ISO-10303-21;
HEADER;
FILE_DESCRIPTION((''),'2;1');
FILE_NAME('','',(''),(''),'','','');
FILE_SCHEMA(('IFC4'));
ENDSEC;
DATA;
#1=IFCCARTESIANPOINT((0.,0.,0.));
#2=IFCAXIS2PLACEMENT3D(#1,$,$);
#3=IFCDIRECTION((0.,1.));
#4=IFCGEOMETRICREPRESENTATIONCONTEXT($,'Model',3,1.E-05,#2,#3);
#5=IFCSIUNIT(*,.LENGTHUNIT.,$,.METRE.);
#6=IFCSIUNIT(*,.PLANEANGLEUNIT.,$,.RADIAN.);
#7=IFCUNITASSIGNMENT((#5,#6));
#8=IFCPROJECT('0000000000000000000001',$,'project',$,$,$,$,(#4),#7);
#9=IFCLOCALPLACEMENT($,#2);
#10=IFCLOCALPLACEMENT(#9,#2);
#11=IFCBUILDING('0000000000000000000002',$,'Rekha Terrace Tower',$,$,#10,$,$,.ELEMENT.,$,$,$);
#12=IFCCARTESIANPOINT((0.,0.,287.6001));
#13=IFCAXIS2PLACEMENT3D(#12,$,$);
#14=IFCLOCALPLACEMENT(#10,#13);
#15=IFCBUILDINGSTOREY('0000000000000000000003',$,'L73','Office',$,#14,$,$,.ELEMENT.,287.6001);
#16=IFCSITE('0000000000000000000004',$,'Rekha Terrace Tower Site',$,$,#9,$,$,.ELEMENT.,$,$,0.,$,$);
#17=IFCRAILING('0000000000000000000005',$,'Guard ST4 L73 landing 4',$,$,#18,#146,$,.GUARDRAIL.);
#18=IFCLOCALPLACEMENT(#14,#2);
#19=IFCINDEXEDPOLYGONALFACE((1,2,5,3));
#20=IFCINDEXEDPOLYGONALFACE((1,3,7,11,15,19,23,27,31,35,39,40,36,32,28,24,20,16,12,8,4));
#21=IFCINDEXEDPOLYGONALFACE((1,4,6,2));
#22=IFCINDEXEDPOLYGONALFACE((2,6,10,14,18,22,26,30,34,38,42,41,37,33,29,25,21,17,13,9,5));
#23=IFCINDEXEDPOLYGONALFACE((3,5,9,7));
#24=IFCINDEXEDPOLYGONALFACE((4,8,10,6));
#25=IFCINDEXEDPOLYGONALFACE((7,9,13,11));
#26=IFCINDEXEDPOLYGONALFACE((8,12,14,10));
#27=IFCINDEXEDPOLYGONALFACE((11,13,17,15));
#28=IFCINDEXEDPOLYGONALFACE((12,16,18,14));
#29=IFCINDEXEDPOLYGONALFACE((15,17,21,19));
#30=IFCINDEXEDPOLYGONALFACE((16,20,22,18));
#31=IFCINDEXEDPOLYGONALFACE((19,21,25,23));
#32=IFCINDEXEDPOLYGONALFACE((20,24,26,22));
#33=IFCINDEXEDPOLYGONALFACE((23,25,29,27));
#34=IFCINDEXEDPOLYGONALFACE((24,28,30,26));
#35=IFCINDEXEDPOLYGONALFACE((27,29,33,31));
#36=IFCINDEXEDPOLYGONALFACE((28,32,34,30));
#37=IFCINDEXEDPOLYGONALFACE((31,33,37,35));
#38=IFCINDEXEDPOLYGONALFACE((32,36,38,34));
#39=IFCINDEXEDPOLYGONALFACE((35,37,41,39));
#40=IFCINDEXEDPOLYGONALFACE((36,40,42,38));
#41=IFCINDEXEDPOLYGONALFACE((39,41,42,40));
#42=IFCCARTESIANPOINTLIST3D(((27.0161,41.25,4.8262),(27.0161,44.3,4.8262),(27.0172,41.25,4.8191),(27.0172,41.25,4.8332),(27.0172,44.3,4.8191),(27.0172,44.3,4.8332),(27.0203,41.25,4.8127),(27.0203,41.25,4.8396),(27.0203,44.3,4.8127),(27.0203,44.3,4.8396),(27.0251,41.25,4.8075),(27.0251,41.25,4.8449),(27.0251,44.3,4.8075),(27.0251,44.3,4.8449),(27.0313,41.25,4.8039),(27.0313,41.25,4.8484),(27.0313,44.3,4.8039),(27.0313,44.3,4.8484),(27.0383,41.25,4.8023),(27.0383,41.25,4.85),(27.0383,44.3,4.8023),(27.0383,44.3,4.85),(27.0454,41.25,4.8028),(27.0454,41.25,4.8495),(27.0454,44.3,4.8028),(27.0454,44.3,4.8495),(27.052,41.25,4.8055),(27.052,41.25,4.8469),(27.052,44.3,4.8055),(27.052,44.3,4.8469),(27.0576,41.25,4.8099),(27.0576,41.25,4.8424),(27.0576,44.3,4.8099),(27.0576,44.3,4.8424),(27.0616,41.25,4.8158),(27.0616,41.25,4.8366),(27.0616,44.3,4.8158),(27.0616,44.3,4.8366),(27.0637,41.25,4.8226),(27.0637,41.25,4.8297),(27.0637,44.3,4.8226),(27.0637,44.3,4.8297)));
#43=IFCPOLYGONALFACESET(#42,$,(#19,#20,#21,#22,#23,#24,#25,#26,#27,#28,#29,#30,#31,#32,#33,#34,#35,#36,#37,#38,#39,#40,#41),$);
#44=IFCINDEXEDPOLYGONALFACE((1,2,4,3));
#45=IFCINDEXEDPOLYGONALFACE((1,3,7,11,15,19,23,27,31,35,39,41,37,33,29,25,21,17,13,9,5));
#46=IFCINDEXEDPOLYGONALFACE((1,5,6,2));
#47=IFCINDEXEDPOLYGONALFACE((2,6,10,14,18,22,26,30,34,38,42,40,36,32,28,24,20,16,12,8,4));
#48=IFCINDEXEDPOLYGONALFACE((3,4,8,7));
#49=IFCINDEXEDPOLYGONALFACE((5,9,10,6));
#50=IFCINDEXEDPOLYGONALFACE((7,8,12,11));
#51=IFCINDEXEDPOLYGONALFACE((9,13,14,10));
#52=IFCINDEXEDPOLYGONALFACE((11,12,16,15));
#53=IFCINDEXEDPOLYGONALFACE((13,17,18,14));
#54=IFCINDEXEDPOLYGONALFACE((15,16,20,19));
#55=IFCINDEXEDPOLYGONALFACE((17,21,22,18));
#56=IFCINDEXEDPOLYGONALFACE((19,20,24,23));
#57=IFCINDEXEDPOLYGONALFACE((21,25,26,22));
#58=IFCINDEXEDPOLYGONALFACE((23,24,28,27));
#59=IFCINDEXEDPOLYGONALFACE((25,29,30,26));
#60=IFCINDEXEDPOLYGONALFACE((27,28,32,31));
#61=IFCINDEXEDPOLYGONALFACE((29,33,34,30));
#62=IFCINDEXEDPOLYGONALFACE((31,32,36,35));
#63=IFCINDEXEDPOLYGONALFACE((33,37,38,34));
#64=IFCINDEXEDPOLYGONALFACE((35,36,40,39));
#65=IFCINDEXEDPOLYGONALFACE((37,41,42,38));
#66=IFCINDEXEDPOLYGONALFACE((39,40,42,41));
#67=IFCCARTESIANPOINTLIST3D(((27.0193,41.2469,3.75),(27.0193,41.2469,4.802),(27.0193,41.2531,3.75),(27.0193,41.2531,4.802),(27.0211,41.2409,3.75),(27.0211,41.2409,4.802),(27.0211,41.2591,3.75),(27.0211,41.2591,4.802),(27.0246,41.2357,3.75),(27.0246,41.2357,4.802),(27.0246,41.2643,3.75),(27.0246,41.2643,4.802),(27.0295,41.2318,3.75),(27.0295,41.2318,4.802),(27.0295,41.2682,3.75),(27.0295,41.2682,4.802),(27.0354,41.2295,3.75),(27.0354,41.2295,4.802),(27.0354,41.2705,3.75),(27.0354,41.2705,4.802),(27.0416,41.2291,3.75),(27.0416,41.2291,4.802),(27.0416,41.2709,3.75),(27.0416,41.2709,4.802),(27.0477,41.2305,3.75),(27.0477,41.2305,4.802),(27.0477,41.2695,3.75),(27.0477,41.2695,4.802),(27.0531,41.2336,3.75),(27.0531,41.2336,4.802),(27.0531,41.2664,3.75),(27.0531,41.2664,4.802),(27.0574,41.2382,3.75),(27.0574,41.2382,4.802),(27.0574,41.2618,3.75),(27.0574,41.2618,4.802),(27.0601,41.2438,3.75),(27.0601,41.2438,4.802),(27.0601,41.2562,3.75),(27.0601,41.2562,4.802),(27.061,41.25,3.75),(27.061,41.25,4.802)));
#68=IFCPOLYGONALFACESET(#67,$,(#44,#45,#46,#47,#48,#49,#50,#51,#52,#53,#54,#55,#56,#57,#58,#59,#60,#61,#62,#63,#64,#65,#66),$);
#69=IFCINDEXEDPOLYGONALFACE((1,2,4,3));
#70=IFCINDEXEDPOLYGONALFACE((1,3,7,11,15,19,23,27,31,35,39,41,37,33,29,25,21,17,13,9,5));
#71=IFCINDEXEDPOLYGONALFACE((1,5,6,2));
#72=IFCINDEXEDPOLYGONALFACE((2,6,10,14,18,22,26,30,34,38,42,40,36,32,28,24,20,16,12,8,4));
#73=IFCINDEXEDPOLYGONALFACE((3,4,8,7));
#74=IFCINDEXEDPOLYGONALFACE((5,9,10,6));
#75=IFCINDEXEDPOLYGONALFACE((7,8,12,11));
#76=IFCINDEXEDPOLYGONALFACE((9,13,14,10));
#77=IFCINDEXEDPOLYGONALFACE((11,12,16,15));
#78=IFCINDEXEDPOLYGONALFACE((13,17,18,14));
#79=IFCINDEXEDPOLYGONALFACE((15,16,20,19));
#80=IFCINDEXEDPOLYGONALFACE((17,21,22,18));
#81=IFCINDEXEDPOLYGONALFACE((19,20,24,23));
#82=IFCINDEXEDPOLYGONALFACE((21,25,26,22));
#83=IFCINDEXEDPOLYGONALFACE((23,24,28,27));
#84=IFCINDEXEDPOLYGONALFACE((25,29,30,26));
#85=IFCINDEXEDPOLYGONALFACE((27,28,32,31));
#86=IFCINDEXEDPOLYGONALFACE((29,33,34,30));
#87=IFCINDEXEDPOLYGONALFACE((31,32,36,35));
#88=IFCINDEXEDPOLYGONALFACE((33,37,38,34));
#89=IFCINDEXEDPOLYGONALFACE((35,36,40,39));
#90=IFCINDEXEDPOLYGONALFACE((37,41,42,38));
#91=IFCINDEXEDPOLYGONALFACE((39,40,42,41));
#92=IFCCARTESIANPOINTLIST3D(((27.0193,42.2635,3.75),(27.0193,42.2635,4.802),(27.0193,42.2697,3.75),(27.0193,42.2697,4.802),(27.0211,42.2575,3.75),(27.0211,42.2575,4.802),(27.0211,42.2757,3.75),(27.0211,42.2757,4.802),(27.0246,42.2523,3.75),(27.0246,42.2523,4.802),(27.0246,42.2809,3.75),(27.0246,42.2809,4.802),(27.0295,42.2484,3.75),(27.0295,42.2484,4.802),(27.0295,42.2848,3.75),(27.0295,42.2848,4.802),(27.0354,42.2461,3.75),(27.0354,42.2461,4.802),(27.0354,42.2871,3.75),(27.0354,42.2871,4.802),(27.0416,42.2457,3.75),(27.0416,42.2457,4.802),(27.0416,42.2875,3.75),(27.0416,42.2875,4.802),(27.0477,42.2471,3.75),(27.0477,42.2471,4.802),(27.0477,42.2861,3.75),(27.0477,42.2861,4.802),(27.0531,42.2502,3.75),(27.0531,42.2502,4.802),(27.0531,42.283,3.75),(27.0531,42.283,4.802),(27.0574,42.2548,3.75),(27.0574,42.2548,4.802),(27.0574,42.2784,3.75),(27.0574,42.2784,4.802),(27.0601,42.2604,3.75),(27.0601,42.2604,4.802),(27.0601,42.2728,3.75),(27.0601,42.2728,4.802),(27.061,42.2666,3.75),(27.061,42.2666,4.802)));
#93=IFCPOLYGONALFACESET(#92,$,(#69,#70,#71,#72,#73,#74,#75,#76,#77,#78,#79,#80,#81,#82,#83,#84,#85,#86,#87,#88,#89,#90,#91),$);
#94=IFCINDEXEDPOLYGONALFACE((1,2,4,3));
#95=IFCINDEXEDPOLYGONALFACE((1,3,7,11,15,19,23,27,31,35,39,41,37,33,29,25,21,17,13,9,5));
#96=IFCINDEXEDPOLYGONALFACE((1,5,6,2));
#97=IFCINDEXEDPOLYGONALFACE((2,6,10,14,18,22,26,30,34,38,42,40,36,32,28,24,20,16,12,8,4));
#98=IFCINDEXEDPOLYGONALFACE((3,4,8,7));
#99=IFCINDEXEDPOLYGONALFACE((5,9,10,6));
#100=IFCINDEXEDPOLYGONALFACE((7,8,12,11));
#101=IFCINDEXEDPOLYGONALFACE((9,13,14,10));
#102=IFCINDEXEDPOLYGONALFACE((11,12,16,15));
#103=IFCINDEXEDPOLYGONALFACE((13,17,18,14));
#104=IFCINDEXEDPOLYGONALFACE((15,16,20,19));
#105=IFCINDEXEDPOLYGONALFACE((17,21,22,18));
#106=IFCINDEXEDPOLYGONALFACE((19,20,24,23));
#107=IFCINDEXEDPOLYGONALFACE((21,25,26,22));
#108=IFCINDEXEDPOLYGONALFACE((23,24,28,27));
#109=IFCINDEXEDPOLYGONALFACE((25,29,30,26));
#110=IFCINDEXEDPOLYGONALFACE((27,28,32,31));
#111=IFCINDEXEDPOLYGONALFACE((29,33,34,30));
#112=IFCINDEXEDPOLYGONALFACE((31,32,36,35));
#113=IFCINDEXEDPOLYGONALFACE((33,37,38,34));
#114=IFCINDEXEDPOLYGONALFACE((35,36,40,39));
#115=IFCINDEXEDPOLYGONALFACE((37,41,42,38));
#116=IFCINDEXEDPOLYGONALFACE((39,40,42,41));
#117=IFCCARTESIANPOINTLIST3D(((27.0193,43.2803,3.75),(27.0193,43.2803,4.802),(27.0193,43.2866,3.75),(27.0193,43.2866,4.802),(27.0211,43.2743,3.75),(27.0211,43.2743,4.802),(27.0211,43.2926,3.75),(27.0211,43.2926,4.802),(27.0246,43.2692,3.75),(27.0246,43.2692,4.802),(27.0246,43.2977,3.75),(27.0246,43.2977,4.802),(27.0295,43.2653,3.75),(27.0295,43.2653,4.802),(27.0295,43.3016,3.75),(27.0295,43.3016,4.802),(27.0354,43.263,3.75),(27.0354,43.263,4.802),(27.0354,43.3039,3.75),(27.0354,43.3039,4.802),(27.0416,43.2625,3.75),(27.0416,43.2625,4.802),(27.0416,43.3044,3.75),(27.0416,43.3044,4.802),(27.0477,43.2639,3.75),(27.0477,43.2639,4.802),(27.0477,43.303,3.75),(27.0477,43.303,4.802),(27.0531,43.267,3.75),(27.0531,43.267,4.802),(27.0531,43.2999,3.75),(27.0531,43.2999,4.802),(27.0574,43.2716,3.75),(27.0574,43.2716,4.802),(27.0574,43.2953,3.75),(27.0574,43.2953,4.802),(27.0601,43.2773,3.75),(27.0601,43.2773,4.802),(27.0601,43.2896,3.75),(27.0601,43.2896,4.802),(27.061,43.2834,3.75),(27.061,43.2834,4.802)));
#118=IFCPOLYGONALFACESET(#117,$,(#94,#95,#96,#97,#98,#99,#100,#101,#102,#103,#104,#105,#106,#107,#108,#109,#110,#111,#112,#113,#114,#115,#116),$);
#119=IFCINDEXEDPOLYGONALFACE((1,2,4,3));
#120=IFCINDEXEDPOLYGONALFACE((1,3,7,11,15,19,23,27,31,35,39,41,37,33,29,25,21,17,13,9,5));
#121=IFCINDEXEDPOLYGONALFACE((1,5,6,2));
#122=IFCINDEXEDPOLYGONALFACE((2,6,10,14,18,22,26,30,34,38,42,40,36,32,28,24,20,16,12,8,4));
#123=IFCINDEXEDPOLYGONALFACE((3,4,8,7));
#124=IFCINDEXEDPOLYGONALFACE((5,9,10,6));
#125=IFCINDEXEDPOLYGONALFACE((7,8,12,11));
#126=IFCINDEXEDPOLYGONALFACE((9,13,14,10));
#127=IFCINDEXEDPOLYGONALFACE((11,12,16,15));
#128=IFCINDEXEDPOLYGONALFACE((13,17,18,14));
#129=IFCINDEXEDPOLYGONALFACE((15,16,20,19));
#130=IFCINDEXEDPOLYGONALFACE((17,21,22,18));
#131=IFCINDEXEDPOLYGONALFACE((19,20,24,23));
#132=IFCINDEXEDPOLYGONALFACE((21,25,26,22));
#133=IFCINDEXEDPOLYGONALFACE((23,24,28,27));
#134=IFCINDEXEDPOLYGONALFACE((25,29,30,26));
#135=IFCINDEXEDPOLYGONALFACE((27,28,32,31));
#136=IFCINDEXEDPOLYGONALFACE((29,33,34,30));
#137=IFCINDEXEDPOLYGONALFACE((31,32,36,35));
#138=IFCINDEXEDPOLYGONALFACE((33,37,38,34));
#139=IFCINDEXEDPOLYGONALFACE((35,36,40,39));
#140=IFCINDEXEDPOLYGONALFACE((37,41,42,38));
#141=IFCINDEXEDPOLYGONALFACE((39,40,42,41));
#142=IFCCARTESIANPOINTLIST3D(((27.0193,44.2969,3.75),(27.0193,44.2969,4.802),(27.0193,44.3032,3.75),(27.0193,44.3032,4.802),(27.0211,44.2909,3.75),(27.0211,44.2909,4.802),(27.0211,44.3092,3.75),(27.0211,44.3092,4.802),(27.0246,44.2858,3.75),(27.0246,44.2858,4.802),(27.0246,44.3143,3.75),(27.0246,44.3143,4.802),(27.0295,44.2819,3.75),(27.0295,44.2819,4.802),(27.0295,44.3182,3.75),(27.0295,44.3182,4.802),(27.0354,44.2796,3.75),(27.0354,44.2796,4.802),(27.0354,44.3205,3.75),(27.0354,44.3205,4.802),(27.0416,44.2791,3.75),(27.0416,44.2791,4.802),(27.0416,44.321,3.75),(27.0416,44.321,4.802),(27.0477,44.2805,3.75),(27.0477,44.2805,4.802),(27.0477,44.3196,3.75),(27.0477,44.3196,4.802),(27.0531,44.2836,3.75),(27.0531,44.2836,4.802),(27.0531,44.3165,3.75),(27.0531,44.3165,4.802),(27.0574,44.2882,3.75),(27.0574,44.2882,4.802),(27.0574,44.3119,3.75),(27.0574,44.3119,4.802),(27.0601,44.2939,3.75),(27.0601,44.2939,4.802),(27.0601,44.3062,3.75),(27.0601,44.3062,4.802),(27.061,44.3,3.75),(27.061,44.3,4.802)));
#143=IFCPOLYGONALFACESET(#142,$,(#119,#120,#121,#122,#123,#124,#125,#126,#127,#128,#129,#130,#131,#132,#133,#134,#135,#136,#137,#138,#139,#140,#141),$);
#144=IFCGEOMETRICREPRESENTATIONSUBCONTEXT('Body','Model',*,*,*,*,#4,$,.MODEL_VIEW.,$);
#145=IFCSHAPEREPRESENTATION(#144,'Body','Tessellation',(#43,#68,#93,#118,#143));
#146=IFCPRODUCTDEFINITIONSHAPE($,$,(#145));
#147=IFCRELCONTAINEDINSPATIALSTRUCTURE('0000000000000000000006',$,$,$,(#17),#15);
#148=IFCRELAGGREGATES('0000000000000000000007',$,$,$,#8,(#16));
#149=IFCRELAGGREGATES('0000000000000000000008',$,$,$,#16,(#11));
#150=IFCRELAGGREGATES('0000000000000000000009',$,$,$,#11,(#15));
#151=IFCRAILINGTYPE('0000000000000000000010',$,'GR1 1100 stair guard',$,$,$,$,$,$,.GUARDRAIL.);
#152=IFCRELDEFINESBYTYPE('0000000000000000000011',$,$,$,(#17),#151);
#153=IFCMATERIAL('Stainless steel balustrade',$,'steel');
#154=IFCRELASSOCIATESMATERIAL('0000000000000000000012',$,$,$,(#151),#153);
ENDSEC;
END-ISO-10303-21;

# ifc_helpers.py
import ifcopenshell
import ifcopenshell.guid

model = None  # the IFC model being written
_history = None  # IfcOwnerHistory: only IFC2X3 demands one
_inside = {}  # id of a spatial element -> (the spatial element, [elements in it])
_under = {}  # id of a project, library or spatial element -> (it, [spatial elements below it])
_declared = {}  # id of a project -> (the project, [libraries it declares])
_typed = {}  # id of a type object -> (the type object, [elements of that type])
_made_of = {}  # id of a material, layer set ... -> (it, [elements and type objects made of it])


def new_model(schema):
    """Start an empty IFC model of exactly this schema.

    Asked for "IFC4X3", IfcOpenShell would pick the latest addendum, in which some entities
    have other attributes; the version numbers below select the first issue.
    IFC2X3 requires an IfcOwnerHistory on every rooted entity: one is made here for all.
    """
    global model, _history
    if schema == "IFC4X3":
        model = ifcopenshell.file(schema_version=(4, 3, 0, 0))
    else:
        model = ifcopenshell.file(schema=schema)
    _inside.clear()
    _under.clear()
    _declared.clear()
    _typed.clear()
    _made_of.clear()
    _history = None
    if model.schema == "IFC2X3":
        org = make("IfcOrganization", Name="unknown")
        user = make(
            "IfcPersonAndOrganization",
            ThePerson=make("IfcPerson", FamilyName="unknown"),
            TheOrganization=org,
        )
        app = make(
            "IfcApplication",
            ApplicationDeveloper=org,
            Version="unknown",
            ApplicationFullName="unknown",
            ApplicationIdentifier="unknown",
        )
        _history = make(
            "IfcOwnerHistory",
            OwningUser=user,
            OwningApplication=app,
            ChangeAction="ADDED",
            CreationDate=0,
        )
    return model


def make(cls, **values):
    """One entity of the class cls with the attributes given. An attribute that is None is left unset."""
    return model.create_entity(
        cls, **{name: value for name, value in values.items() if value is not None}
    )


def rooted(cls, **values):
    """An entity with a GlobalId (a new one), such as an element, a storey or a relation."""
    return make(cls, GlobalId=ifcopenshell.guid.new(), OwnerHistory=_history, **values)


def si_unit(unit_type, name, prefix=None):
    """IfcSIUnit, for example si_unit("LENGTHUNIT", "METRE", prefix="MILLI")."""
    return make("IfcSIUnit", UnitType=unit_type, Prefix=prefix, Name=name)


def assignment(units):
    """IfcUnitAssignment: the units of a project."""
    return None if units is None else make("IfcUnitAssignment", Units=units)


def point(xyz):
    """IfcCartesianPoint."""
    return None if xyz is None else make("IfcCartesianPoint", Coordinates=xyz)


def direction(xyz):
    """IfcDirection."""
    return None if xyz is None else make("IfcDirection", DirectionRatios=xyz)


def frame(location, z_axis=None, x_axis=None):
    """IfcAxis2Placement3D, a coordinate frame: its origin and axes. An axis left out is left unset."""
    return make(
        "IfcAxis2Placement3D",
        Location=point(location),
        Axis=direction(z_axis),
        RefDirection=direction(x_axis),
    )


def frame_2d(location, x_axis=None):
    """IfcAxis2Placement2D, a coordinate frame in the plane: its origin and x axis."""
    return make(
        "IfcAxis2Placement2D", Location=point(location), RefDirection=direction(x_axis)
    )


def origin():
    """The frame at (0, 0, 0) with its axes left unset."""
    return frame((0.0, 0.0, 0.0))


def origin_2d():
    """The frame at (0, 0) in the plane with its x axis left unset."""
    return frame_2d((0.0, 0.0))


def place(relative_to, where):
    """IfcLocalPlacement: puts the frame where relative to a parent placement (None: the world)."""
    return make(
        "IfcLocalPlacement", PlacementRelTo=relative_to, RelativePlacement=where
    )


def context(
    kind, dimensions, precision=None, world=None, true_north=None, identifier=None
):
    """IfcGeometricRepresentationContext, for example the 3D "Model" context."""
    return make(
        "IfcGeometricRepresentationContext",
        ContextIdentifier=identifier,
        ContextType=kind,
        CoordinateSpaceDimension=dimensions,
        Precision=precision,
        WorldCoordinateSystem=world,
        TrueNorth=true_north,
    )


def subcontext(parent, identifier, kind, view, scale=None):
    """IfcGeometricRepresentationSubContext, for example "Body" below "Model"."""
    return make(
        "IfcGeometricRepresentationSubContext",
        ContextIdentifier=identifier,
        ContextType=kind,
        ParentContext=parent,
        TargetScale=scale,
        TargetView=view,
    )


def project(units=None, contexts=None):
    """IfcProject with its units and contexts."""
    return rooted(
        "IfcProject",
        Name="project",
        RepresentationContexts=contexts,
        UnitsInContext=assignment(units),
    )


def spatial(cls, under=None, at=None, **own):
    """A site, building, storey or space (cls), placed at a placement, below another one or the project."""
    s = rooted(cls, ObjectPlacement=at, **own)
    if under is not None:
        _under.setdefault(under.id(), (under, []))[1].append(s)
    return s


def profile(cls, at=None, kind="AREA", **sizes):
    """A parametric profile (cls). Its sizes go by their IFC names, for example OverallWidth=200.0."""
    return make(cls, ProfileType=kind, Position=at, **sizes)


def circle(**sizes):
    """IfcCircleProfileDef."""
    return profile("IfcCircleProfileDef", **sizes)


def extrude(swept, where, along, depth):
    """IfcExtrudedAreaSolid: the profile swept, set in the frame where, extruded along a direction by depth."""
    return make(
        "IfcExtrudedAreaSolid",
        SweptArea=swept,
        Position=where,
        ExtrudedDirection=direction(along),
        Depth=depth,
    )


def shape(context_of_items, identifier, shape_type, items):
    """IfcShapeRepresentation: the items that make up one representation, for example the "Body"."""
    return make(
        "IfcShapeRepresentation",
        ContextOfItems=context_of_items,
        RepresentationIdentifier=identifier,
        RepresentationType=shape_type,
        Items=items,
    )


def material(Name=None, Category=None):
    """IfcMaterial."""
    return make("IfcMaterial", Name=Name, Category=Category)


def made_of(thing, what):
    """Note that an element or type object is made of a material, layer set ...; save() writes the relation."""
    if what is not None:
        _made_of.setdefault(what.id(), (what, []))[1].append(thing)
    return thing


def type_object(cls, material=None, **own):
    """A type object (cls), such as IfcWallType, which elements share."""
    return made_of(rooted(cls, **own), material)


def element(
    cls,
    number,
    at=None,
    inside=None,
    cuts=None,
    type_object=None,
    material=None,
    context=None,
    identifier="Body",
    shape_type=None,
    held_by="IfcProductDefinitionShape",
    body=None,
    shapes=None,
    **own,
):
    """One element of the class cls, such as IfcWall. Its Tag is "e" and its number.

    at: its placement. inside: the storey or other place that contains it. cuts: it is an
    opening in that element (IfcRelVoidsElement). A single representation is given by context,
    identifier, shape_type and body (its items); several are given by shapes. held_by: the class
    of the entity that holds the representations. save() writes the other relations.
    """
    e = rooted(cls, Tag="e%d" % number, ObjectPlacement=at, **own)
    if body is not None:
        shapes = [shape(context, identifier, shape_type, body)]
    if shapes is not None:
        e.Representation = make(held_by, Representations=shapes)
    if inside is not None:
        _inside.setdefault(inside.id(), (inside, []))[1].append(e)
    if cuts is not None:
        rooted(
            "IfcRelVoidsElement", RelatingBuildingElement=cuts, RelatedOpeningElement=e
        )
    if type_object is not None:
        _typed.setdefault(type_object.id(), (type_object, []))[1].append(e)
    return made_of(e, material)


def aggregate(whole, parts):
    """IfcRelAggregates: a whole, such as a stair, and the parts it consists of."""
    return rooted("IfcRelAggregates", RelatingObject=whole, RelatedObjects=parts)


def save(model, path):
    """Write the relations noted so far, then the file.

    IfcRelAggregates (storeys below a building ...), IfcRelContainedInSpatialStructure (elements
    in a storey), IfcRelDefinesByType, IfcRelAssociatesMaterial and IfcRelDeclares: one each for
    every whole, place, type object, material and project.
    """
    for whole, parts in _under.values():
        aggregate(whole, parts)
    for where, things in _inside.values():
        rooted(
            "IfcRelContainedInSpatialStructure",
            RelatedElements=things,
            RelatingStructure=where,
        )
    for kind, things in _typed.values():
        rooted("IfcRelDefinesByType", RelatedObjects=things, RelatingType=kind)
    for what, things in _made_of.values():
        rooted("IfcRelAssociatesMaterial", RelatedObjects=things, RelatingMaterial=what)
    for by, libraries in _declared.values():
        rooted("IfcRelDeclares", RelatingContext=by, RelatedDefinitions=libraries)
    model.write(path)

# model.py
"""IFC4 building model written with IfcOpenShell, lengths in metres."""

from ifc_helpers import new_model, si_unit, direction, frame, origin, origin_2d, place, context, subcontext, project, spatial, circle, extrude, material, type_object, element, save


model = new_model("IFC4")

# Units and contexts
model_context = context("Model", 3, precision=1e-05, world=origin(), true_north=direction((0.0, 1.0)))
body_context = subcontext(model_context, "Body", "Model", "MODEL_VIEW")
ifc_project = project(units=[si_unit("LENGTHUNIT", "METRE"), si_unit("PLANEANGLEUNIT", "RADIAN")], contexts=[model_context])

# Site, building, storey
site_placement = place(None, origin())
site = spatial("IfcSite", under=ifc_project, at=site_placement, Name="Rekha Terrace Tower Site", CompositionType="ELEMENT", RefElevation=0.0)
building_placement = place(site_placement, origin())
building = spatial("IfcBuilding", under=site, at=building_placement, Name="Rekha Terrace Tower", CompositionType="ELEMENT")
storey_placement = place(building_placement, frame((0.0, 0.0, 287.6001)))
storey = spatial("IfcBuildingStorey", under=building, at=storey_placement, Name="L73", Description="Office", CompositionType="ELEMENT", Elevation=287.6001)

# Railing
ifc_material_1 = material(Name="Stainless steel balustrade", Category="steel")
railing_type_1 = type_object("IfcRailingType", Name="GR1 1100 stair guard", PredefinedType="GUARDRAIL", material=ifc_material_1)
railing_1_placement = place(storey_placement, frame((27.04, 41.25, 3.75)))
element("IfcRailing", 1, at=railing_1_placement, inside=storey, type_object=railing_type_1, Name="Guard ST4 L73 landing 4", PredefinedType="GUARDRAIL", context=body_context, shape_type="SweptSolid", body=[
    extrude(circle(Radius=0.0239, at=origin_2d()), frame((0.0, 0.0, 1.0762), z_axis=(0.0, 1.0, 0.0), x_axis=(-1.0, 0.0, 0.0)), (0.0, 0.0, 1.0), 3.05),
    extrude(circle(Radius=0.021, at=origin_2d()), origin(), (0.0, 0.0, 1.0), 1.052),
    extrude(circle(Radius=0.021, at=origin_2d()), frame((0.0, 1.0166, 0.0)), (0.0, 0.0, 1.0), 1.052),
    extrude(circle(Radius=0.021, at=origin_2d()), frame((0.0, 2.0334, 0.0)), (0.0, 0.0, 1.0), 1.052),
    extrude(circle(Radius=0.021, at=origin_2d()), frame((0.0, 3.05, 0.0)), (0.0, 0.0, 1.0), 1.052),
])

save(model, "model.ifc")
